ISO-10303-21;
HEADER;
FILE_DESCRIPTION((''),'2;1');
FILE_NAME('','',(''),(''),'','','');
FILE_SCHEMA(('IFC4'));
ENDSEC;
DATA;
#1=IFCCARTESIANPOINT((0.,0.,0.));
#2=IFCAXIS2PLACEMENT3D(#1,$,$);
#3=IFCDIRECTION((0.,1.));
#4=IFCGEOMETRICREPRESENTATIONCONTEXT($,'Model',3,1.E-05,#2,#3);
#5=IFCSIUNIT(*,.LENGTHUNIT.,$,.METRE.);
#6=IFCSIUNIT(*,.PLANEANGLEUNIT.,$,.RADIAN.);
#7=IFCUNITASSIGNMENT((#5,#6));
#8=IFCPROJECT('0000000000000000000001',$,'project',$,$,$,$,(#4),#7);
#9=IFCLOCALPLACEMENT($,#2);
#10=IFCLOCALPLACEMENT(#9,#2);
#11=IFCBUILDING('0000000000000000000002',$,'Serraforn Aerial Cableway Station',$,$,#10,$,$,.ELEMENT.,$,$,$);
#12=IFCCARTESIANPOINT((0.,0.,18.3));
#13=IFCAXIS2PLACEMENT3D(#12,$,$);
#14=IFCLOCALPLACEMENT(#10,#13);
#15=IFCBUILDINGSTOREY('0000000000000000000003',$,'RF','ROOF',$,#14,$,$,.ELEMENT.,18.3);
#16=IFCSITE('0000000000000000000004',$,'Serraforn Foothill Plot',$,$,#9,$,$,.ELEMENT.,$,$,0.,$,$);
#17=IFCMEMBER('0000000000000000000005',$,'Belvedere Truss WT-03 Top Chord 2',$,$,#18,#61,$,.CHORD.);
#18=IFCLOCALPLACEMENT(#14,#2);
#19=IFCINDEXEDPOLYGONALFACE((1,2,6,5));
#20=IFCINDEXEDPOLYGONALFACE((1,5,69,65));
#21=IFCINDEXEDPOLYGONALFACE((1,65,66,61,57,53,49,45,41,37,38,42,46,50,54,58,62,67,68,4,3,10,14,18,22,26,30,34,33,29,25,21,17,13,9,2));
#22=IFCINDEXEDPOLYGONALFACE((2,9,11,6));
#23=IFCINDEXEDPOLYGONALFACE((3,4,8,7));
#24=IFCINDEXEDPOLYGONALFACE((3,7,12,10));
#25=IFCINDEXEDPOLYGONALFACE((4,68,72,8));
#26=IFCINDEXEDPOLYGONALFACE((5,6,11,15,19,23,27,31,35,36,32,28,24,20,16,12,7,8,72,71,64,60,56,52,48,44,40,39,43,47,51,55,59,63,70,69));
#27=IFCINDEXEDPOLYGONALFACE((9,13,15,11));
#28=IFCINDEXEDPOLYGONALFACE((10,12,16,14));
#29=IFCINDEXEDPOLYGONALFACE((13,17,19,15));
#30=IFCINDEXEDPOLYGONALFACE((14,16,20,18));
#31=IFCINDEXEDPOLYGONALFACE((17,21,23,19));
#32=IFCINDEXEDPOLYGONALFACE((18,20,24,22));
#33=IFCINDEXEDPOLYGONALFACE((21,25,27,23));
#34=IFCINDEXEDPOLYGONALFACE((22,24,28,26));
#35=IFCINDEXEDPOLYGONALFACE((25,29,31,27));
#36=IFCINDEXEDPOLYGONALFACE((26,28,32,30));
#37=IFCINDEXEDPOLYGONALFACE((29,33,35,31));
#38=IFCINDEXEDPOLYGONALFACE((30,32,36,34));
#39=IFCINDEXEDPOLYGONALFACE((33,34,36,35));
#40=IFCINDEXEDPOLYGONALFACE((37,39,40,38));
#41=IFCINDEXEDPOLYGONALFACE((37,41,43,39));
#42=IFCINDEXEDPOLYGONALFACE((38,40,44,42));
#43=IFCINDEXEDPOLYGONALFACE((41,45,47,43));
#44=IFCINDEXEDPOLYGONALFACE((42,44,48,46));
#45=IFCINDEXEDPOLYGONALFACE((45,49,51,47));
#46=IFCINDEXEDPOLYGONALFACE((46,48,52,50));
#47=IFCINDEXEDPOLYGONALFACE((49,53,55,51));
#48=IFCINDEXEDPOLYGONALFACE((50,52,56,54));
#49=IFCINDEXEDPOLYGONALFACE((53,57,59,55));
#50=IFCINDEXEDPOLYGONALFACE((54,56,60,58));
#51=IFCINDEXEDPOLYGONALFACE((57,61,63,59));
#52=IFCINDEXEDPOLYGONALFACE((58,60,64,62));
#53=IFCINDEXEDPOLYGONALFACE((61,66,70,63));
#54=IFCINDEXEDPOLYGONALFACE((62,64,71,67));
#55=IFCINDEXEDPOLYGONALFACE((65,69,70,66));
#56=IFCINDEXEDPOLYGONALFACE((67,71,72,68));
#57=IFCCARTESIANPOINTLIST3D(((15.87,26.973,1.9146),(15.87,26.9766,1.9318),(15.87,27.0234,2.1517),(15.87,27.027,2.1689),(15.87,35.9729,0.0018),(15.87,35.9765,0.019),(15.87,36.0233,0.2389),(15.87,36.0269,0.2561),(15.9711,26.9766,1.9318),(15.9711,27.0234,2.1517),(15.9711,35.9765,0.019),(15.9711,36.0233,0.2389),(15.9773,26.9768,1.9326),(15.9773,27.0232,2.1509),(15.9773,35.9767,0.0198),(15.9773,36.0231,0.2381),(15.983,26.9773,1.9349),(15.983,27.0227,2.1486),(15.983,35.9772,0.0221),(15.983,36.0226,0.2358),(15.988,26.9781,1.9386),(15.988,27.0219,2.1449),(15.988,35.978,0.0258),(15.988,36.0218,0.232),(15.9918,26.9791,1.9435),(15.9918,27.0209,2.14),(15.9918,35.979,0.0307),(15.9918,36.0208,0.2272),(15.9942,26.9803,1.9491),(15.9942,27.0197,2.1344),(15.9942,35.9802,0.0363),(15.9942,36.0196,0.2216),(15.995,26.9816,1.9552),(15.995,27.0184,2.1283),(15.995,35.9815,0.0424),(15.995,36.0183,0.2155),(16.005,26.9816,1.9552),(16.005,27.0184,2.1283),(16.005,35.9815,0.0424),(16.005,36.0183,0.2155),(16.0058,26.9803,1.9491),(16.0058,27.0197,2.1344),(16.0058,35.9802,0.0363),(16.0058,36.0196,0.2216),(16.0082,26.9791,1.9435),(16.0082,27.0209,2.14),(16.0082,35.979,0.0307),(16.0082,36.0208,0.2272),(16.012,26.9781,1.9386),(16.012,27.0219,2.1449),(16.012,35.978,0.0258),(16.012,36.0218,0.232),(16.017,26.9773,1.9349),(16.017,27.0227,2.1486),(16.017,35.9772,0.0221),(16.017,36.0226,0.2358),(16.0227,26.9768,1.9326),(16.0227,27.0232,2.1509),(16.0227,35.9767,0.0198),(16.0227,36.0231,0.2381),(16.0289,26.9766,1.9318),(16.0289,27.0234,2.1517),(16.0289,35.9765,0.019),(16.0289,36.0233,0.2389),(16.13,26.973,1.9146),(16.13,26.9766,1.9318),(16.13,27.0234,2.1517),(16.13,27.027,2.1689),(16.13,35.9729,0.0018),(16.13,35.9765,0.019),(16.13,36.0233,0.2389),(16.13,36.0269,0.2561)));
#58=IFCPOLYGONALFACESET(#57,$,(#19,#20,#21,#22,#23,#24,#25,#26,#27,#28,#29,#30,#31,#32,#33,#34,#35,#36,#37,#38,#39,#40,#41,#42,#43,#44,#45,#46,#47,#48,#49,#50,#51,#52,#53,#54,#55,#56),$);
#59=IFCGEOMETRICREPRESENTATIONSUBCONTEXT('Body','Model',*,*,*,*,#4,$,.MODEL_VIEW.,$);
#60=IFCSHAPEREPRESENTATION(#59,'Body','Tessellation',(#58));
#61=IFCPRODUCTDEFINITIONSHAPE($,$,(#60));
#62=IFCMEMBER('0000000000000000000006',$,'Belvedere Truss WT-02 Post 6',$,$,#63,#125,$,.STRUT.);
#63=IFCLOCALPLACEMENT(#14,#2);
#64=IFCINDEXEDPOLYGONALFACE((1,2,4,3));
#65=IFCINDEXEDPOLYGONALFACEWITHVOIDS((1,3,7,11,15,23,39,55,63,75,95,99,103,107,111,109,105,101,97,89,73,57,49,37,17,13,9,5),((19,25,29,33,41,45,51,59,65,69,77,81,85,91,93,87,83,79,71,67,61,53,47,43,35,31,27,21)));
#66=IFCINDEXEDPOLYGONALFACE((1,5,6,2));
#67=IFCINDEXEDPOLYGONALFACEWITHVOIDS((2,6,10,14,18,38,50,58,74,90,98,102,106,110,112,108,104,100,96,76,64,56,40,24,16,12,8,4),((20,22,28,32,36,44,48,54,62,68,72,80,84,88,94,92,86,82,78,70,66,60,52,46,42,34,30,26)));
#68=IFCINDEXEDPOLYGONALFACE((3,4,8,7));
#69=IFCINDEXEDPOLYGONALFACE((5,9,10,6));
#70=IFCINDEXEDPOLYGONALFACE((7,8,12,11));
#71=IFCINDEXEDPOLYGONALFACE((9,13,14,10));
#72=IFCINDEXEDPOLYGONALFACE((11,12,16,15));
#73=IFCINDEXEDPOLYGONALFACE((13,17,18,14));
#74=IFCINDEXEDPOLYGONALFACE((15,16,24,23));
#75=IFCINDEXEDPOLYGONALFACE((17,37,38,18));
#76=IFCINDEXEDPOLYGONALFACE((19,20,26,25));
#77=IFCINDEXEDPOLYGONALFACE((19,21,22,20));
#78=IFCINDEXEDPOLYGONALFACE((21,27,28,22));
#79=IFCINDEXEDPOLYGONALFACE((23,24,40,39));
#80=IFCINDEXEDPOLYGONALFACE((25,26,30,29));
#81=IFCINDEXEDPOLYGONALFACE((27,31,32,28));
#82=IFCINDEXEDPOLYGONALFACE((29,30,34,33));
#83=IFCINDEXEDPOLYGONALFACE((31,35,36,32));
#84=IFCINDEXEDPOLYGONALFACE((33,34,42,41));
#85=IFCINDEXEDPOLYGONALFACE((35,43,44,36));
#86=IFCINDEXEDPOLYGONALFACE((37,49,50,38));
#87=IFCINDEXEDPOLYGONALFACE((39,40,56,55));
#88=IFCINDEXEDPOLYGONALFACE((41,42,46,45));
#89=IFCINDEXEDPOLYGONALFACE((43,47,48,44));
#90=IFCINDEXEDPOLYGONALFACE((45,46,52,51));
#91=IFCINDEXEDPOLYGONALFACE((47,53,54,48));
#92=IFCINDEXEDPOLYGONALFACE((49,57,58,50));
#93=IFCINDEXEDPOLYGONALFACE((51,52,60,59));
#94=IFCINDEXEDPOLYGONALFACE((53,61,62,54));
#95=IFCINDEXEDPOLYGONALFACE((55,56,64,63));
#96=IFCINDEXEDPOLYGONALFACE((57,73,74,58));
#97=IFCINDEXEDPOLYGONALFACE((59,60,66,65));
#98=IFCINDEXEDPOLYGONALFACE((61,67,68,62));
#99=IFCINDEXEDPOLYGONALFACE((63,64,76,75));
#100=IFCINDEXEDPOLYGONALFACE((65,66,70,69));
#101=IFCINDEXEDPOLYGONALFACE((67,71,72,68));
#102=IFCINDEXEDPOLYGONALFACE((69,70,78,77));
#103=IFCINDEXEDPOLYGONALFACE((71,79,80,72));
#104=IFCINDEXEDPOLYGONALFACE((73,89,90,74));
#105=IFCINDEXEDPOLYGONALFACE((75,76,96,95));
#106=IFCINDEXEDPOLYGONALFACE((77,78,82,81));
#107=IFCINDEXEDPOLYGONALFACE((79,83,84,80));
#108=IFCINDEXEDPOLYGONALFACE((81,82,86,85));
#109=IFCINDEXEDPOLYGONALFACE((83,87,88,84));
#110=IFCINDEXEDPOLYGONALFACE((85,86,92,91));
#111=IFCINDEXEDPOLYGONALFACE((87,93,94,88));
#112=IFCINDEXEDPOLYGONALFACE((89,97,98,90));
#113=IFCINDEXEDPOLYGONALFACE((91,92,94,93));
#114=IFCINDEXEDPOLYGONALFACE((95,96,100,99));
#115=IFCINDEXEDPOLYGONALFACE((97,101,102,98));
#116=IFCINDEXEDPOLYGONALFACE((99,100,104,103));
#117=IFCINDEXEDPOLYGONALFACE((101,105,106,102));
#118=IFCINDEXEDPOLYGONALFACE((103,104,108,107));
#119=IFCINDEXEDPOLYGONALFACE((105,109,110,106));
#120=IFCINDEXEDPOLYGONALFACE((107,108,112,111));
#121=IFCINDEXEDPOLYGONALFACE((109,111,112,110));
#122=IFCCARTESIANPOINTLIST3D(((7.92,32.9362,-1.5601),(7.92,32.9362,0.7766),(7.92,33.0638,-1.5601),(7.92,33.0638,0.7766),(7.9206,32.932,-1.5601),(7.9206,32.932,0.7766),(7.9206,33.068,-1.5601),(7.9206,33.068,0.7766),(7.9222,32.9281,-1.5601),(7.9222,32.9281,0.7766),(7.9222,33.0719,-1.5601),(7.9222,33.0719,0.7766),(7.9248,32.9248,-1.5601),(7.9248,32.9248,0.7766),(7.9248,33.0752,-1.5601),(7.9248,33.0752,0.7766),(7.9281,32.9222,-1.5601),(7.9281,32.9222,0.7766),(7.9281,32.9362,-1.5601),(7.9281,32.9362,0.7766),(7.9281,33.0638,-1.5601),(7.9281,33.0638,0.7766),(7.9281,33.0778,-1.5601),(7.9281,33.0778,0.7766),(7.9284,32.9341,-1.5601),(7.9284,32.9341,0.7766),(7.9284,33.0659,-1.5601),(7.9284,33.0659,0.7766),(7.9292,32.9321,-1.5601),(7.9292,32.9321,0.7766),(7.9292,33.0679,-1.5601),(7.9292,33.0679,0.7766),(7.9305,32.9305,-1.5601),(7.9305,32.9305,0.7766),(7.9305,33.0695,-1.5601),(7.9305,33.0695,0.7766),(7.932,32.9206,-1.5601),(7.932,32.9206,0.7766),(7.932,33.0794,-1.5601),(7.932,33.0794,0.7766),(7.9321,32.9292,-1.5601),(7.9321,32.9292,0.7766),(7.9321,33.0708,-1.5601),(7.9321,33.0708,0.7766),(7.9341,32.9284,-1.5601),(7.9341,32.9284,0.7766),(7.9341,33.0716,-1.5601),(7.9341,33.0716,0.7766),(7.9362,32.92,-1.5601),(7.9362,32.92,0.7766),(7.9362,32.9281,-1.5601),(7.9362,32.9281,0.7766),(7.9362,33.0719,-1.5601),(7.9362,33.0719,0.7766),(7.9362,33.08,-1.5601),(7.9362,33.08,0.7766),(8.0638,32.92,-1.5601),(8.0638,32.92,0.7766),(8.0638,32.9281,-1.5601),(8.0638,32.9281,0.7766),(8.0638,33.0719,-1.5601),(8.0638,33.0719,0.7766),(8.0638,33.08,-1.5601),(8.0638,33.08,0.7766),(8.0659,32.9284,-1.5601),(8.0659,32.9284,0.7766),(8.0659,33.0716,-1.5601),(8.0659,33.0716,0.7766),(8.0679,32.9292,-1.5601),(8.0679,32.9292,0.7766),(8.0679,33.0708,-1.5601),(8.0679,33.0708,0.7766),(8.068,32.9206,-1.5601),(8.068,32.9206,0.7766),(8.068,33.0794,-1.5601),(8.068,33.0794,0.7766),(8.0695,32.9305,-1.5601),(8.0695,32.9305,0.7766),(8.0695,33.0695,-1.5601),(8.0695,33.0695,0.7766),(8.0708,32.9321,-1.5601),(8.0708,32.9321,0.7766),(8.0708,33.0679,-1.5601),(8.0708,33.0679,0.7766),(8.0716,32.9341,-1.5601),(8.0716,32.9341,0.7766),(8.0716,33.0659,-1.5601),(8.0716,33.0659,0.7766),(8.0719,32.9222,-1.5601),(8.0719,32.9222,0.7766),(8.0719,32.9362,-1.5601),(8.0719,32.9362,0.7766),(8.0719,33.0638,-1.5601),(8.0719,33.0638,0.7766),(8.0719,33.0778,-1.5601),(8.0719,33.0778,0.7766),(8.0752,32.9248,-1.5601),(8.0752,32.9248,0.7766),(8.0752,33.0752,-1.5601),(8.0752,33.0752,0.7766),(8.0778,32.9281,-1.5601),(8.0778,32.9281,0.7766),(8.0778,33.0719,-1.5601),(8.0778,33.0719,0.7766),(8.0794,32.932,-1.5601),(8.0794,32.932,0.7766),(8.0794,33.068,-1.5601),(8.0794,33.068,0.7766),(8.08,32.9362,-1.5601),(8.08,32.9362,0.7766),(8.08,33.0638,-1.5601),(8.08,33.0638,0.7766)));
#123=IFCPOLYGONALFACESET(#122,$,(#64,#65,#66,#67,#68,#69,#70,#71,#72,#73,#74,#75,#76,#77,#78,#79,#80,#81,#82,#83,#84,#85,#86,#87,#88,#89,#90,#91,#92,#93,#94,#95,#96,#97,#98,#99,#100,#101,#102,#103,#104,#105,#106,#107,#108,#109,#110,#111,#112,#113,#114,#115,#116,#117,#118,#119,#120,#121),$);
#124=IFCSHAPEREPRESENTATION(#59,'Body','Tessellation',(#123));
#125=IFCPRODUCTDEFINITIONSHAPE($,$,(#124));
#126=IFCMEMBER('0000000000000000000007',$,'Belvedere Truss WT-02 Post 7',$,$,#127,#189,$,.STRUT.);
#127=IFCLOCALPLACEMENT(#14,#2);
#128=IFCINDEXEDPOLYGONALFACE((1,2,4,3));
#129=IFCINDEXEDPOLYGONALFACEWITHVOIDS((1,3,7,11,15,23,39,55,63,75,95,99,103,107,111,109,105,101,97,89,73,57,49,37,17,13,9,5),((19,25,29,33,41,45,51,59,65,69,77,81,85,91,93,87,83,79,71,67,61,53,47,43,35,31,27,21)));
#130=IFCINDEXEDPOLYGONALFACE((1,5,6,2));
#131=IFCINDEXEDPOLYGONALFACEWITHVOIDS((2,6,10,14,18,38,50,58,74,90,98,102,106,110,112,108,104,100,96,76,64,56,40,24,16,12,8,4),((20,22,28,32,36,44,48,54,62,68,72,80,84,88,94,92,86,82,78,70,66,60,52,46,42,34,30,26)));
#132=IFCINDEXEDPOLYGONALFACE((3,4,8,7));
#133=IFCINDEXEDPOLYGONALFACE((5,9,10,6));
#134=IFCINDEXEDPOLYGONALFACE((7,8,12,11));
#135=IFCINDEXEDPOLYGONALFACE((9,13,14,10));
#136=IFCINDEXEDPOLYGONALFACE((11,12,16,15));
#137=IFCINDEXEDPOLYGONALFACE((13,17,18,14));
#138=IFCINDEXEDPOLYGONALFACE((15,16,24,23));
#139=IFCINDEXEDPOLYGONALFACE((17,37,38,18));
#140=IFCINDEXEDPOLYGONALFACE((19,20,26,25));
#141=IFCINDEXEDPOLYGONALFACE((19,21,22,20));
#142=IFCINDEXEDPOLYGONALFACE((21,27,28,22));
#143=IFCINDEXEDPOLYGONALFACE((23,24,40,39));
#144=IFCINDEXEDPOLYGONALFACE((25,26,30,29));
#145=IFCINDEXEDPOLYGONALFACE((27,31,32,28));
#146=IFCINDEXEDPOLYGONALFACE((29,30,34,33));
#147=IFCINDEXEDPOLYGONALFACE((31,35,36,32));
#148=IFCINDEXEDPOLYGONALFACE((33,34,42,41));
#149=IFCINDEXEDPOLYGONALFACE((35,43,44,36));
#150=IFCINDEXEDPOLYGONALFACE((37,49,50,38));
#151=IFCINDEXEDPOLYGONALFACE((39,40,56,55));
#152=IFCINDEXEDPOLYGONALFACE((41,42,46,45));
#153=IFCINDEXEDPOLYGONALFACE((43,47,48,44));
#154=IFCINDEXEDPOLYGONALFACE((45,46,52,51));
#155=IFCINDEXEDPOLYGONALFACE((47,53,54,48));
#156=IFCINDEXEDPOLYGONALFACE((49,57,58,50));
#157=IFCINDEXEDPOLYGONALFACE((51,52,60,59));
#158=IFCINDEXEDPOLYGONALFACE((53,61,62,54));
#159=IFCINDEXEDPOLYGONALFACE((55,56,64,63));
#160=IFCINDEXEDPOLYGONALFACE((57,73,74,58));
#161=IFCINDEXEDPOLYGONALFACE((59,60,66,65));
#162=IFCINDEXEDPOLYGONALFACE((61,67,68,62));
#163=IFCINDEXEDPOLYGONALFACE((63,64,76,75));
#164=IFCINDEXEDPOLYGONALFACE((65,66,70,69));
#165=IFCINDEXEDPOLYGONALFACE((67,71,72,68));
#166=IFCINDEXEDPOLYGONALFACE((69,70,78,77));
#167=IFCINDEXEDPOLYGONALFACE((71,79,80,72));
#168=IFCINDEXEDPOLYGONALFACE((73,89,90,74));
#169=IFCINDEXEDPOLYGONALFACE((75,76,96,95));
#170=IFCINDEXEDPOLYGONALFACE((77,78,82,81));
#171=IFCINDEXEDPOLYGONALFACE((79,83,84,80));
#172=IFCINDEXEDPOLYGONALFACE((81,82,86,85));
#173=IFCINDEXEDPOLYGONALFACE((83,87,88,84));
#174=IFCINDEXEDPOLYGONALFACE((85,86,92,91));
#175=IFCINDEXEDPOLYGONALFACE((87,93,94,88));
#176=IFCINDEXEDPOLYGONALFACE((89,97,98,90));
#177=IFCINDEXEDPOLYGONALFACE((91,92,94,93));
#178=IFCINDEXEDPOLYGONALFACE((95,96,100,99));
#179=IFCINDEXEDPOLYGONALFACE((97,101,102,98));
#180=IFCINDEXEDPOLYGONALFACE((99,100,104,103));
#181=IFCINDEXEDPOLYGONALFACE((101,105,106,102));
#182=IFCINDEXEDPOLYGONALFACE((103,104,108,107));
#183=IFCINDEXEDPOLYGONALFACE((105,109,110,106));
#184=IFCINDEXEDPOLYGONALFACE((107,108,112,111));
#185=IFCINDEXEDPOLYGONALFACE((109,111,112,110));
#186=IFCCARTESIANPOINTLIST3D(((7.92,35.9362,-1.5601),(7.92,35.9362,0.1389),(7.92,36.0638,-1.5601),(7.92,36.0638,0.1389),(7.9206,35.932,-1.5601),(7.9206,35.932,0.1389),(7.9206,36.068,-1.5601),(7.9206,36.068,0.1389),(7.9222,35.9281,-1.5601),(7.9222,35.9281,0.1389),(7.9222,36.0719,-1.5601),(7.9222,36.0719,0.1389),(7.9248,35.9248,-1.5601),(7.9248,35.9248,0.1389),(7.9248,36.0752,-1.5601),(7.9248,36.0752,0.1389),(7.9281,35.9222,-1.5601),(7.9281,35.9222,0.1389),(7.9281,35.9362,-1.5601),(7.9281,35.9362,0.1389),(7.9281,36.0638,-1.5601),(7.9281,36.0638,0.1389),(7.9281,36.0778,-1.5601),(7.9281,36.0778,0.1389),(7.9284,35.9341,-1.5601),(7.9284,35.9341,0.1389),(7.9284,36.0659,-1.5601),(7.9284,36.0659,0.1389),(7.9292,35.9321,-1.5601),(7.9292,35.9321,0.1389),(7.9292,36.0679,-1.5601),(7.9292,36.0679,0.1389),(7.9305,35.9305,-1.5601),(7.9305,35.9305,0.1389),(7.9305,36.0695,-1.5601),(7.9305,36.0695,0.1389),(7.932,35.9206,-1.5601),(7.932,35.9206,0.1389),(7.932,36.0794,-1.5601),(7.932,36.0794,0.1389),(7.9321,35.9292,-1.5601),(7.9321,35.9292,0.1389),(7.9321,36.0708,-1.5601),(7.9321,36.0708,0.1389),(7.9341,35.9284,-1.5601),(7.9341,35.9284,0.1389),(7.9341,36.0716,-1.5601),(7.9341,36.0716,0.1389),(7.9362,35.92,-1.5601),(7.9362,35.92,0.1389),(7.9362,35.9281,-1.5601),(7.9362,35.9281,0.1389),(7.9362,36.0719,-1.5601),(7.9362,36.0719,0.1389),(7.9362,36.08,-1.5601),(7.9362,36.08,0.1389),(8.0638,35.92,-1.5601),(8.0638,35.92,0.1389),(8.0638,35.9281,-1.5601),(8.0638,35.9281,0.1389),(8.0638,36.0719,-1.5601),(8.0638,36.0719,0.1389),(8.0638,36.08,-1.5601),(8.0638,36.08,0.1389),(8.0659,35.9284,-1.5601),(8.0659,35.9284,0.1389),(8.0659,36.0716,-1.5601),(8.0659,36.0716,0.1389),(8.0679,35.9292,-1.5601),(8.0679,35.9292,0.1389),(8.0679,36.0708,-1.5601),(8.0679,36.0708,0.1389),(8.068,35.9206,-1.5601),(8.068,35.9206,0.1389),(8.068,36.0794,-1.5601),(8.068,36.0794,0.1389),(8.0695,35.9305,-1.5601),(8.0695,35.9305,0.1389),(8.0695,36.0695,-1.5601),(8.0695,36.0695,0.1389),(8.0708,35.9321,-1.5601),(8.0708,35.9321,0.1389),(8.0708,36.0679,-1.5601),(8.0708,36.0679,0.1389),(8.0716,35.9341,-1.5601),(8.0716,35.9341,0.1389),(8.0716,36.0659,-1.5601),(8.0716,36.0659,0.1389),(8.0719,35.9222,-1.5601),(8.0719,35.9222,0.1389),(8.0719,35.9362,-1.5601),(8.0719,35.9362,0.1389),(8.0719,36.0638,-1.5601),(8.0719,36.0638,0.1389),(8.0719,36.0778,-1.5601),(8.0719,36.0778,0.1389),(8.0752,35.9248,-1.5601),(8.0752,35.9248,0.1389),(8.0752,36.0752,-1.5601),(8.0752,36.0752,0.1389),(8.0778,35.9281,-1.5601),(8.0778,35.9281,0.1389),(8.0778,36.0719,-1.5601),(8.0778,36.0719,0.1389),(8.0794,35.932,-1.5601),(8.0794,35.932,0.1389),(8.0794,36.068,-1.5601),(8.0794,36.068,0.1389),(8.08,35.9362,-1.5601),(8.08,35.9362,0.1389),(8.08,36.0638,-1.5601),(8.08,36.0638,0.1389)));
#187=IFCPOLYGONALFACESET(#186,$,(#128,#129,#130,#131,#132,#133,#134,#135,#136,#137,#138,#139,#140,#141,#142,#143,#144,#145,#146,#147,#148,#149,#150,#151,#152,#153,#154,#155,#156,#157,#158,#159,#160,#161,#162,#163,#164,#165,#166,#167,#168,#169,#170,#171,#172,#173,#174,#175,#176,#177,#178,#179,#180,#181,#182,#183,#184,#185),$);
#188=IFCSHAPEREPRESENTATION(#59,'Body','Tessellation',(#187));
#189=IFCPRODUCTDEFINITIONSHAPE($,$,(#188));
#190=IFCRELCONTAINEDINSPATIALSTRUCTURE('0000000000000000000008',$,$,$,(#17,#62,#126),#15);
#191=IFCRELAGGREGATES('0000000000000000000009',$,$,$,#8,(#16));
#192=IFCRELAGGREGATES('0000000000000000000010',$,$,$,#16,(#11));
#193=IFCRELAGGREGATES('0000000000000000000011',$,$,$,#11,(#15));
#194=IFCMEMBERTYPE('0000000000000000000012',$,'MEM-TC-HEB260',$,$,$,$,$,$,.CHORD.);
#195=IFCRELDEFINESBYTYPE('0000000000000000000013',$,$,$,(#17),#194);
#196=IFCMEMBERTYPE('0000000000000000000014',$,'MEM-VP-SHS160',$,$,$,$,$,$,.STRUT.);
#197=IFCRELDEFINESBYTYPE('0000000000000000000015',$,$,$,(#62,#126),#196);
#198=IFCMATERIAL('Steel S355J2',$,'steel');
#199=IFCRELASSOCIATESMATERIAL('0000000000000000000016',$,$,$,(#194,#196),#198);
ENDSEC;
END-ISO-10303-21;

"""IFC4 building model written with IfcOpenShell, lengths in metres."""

from ifc_helpers import new_model, si_unit, direction, frame, origin, origin_2d, place, context, subcontext, project, spatial, hollow_rectangle, i_section, extrude, material, material_profile, profile_set, type_object, element, save


model = new_model("IFC4")

# Units and contexts
model_context = context("Model", 3, precision=1e-05, world=origin(), true_north=direction((0.0, 1.0)))
body_context = subcontext(model_context, "Body", "Model", "MODEL_VIEW")
ifc_project = project(units=[si_unit("LENGTHUNIT", "METRE"), si_unit("PLANEANGLEUNIT", "RADIAN")], contexts=[model_context])

# Site, building, storey
site_placement = place(None, origin())
site = spatial("IfcSite", under=ifc_project, at=site_placement, Name="Serraforn Foothill Plot", CompositionType="ELEMENT", RefElevation=0.0)
building_placement = place(site_placement, origin())
building = spatial("IfcBuilding", under=site, at=building_placement, Name="Serraforn Aerial Cableway Station", CompositionType="ELEMENT")
storey_placement = place(building_placement, frame((0.0, 0.0, 18.3)))
storey = spatial("IfcBuildingStorey", under=building, at=storey_placement, Name="RF", Description="ROOF", CompositionType="ELEMENT", Elevation=18.3)

# Members
ifc_material_1 = material(Name="Steel S355J2", Category="steel")
ifc_material_profile_1 = material_profile(ifc_material_1, i_section(OverallWidth=0.26, OverallDepth=0.26, WebThickness=0.01, FlangeThickness=0.0176, FilletRadius=0.0239, at=origin_2d()), Name="HEB 260")
ifc_profile_set_1 = profile_set([ifc_material_profile_1], Name="Steel S355J2")
member_type_1 = type_object("IfcMemberType", Name="MEM-TC-HEB260", PredefinedType="CHORD", material=ifc_profile_set_1)
member_1_placement = place(storey_placement, frame((16.0, 27.0, 2.0417), z_axis=(0.0, 0.978151, -0.207894), x_axis=(-1.0, 0.0, 0.0)))
element("IfcMember", 1, at=member_1_placement, inside=storey, type_object=member_type_1, Name="Belvedere Truss WT-03 Top Chord 2", PredefinedType="CHORD", context=body_context, shape_type="SweptSolid", body=[
    extrude(i_section(OverallWidth=0.26, OverallDepth=0.26, WebThickness=0.01, FlangeThickness=0.0176, FilletRadius=0.0239, at=origin_2d()), origin(), (0.0, 0.0, 1.0), 9.2009),
])
ifc_material_profile_2 = material_profile(ifc_material_1, hollow_rectangle(XDim=0.1599, YDim=0.1599, WallThickness=0.0081, InnerFilletRadius=0.0081, OuterFilletRadius=0.0161, at=origin_2d()), Name="SHS 160x160x8.0")
ifc_profile_set_2 = profile_set([ifc_material_profile_2], Name="Steel S355J2")
member_type_2 = type_object("IfcMemberType", Name="MEM-VP-SHS160", PredefinedType="STRUT", material=ifc_profile_set_2)
member_2_placement = place(storey_placement, frame((8.0, 33.0, -1.5601), z_axis=(0.0, 0.0, 1.0), x_axis=(1.0, 0.0, 0.0)))
element("IfcMember", 2, at=member_2_placement, inside=storey, type_object=member_type_2, Name="Belvedere Truss WT-02 Post 6", PredefinedType="STRUT", context=body_context, shape_type="SweptSolid", body=[
    extrude(hollow_rectangle(XDim=0.1599, YDim=0.1599, WallThickness=0.0081, InnerFilletRadius=0.0081, OuterFilletRadius=0.0161, at=origin_2d()), origin(), (0.0, 0.0, 1.0), 2.3367),
])
member_3_placement = place(storey_placement, frame((8.0, 36.0, -1.5601), z_axis=(0.0, 0.0, 1.0), x_axis=(1.0, 0.0, 0.0)))
element("IfcMember", 3, at=member_3_placement, inside=storey, type_object=member_type_2, Name="Belvedere Truss WT-02 Post 7", PredefinedType="STRUT", context=body_context, shape_type="SweptSolid", body=[
    extrude(hollow_rectangle(XDim=0.1599, YDim=0.1599, WallThickness=0.0081, InnerFilletRadius=0.0081, OuterFilletRadius=0.0161, at=origin_2d()), origin(), (0.0, 0.0, 1.0), 1.699),
])

save(model, "model.ifc")
